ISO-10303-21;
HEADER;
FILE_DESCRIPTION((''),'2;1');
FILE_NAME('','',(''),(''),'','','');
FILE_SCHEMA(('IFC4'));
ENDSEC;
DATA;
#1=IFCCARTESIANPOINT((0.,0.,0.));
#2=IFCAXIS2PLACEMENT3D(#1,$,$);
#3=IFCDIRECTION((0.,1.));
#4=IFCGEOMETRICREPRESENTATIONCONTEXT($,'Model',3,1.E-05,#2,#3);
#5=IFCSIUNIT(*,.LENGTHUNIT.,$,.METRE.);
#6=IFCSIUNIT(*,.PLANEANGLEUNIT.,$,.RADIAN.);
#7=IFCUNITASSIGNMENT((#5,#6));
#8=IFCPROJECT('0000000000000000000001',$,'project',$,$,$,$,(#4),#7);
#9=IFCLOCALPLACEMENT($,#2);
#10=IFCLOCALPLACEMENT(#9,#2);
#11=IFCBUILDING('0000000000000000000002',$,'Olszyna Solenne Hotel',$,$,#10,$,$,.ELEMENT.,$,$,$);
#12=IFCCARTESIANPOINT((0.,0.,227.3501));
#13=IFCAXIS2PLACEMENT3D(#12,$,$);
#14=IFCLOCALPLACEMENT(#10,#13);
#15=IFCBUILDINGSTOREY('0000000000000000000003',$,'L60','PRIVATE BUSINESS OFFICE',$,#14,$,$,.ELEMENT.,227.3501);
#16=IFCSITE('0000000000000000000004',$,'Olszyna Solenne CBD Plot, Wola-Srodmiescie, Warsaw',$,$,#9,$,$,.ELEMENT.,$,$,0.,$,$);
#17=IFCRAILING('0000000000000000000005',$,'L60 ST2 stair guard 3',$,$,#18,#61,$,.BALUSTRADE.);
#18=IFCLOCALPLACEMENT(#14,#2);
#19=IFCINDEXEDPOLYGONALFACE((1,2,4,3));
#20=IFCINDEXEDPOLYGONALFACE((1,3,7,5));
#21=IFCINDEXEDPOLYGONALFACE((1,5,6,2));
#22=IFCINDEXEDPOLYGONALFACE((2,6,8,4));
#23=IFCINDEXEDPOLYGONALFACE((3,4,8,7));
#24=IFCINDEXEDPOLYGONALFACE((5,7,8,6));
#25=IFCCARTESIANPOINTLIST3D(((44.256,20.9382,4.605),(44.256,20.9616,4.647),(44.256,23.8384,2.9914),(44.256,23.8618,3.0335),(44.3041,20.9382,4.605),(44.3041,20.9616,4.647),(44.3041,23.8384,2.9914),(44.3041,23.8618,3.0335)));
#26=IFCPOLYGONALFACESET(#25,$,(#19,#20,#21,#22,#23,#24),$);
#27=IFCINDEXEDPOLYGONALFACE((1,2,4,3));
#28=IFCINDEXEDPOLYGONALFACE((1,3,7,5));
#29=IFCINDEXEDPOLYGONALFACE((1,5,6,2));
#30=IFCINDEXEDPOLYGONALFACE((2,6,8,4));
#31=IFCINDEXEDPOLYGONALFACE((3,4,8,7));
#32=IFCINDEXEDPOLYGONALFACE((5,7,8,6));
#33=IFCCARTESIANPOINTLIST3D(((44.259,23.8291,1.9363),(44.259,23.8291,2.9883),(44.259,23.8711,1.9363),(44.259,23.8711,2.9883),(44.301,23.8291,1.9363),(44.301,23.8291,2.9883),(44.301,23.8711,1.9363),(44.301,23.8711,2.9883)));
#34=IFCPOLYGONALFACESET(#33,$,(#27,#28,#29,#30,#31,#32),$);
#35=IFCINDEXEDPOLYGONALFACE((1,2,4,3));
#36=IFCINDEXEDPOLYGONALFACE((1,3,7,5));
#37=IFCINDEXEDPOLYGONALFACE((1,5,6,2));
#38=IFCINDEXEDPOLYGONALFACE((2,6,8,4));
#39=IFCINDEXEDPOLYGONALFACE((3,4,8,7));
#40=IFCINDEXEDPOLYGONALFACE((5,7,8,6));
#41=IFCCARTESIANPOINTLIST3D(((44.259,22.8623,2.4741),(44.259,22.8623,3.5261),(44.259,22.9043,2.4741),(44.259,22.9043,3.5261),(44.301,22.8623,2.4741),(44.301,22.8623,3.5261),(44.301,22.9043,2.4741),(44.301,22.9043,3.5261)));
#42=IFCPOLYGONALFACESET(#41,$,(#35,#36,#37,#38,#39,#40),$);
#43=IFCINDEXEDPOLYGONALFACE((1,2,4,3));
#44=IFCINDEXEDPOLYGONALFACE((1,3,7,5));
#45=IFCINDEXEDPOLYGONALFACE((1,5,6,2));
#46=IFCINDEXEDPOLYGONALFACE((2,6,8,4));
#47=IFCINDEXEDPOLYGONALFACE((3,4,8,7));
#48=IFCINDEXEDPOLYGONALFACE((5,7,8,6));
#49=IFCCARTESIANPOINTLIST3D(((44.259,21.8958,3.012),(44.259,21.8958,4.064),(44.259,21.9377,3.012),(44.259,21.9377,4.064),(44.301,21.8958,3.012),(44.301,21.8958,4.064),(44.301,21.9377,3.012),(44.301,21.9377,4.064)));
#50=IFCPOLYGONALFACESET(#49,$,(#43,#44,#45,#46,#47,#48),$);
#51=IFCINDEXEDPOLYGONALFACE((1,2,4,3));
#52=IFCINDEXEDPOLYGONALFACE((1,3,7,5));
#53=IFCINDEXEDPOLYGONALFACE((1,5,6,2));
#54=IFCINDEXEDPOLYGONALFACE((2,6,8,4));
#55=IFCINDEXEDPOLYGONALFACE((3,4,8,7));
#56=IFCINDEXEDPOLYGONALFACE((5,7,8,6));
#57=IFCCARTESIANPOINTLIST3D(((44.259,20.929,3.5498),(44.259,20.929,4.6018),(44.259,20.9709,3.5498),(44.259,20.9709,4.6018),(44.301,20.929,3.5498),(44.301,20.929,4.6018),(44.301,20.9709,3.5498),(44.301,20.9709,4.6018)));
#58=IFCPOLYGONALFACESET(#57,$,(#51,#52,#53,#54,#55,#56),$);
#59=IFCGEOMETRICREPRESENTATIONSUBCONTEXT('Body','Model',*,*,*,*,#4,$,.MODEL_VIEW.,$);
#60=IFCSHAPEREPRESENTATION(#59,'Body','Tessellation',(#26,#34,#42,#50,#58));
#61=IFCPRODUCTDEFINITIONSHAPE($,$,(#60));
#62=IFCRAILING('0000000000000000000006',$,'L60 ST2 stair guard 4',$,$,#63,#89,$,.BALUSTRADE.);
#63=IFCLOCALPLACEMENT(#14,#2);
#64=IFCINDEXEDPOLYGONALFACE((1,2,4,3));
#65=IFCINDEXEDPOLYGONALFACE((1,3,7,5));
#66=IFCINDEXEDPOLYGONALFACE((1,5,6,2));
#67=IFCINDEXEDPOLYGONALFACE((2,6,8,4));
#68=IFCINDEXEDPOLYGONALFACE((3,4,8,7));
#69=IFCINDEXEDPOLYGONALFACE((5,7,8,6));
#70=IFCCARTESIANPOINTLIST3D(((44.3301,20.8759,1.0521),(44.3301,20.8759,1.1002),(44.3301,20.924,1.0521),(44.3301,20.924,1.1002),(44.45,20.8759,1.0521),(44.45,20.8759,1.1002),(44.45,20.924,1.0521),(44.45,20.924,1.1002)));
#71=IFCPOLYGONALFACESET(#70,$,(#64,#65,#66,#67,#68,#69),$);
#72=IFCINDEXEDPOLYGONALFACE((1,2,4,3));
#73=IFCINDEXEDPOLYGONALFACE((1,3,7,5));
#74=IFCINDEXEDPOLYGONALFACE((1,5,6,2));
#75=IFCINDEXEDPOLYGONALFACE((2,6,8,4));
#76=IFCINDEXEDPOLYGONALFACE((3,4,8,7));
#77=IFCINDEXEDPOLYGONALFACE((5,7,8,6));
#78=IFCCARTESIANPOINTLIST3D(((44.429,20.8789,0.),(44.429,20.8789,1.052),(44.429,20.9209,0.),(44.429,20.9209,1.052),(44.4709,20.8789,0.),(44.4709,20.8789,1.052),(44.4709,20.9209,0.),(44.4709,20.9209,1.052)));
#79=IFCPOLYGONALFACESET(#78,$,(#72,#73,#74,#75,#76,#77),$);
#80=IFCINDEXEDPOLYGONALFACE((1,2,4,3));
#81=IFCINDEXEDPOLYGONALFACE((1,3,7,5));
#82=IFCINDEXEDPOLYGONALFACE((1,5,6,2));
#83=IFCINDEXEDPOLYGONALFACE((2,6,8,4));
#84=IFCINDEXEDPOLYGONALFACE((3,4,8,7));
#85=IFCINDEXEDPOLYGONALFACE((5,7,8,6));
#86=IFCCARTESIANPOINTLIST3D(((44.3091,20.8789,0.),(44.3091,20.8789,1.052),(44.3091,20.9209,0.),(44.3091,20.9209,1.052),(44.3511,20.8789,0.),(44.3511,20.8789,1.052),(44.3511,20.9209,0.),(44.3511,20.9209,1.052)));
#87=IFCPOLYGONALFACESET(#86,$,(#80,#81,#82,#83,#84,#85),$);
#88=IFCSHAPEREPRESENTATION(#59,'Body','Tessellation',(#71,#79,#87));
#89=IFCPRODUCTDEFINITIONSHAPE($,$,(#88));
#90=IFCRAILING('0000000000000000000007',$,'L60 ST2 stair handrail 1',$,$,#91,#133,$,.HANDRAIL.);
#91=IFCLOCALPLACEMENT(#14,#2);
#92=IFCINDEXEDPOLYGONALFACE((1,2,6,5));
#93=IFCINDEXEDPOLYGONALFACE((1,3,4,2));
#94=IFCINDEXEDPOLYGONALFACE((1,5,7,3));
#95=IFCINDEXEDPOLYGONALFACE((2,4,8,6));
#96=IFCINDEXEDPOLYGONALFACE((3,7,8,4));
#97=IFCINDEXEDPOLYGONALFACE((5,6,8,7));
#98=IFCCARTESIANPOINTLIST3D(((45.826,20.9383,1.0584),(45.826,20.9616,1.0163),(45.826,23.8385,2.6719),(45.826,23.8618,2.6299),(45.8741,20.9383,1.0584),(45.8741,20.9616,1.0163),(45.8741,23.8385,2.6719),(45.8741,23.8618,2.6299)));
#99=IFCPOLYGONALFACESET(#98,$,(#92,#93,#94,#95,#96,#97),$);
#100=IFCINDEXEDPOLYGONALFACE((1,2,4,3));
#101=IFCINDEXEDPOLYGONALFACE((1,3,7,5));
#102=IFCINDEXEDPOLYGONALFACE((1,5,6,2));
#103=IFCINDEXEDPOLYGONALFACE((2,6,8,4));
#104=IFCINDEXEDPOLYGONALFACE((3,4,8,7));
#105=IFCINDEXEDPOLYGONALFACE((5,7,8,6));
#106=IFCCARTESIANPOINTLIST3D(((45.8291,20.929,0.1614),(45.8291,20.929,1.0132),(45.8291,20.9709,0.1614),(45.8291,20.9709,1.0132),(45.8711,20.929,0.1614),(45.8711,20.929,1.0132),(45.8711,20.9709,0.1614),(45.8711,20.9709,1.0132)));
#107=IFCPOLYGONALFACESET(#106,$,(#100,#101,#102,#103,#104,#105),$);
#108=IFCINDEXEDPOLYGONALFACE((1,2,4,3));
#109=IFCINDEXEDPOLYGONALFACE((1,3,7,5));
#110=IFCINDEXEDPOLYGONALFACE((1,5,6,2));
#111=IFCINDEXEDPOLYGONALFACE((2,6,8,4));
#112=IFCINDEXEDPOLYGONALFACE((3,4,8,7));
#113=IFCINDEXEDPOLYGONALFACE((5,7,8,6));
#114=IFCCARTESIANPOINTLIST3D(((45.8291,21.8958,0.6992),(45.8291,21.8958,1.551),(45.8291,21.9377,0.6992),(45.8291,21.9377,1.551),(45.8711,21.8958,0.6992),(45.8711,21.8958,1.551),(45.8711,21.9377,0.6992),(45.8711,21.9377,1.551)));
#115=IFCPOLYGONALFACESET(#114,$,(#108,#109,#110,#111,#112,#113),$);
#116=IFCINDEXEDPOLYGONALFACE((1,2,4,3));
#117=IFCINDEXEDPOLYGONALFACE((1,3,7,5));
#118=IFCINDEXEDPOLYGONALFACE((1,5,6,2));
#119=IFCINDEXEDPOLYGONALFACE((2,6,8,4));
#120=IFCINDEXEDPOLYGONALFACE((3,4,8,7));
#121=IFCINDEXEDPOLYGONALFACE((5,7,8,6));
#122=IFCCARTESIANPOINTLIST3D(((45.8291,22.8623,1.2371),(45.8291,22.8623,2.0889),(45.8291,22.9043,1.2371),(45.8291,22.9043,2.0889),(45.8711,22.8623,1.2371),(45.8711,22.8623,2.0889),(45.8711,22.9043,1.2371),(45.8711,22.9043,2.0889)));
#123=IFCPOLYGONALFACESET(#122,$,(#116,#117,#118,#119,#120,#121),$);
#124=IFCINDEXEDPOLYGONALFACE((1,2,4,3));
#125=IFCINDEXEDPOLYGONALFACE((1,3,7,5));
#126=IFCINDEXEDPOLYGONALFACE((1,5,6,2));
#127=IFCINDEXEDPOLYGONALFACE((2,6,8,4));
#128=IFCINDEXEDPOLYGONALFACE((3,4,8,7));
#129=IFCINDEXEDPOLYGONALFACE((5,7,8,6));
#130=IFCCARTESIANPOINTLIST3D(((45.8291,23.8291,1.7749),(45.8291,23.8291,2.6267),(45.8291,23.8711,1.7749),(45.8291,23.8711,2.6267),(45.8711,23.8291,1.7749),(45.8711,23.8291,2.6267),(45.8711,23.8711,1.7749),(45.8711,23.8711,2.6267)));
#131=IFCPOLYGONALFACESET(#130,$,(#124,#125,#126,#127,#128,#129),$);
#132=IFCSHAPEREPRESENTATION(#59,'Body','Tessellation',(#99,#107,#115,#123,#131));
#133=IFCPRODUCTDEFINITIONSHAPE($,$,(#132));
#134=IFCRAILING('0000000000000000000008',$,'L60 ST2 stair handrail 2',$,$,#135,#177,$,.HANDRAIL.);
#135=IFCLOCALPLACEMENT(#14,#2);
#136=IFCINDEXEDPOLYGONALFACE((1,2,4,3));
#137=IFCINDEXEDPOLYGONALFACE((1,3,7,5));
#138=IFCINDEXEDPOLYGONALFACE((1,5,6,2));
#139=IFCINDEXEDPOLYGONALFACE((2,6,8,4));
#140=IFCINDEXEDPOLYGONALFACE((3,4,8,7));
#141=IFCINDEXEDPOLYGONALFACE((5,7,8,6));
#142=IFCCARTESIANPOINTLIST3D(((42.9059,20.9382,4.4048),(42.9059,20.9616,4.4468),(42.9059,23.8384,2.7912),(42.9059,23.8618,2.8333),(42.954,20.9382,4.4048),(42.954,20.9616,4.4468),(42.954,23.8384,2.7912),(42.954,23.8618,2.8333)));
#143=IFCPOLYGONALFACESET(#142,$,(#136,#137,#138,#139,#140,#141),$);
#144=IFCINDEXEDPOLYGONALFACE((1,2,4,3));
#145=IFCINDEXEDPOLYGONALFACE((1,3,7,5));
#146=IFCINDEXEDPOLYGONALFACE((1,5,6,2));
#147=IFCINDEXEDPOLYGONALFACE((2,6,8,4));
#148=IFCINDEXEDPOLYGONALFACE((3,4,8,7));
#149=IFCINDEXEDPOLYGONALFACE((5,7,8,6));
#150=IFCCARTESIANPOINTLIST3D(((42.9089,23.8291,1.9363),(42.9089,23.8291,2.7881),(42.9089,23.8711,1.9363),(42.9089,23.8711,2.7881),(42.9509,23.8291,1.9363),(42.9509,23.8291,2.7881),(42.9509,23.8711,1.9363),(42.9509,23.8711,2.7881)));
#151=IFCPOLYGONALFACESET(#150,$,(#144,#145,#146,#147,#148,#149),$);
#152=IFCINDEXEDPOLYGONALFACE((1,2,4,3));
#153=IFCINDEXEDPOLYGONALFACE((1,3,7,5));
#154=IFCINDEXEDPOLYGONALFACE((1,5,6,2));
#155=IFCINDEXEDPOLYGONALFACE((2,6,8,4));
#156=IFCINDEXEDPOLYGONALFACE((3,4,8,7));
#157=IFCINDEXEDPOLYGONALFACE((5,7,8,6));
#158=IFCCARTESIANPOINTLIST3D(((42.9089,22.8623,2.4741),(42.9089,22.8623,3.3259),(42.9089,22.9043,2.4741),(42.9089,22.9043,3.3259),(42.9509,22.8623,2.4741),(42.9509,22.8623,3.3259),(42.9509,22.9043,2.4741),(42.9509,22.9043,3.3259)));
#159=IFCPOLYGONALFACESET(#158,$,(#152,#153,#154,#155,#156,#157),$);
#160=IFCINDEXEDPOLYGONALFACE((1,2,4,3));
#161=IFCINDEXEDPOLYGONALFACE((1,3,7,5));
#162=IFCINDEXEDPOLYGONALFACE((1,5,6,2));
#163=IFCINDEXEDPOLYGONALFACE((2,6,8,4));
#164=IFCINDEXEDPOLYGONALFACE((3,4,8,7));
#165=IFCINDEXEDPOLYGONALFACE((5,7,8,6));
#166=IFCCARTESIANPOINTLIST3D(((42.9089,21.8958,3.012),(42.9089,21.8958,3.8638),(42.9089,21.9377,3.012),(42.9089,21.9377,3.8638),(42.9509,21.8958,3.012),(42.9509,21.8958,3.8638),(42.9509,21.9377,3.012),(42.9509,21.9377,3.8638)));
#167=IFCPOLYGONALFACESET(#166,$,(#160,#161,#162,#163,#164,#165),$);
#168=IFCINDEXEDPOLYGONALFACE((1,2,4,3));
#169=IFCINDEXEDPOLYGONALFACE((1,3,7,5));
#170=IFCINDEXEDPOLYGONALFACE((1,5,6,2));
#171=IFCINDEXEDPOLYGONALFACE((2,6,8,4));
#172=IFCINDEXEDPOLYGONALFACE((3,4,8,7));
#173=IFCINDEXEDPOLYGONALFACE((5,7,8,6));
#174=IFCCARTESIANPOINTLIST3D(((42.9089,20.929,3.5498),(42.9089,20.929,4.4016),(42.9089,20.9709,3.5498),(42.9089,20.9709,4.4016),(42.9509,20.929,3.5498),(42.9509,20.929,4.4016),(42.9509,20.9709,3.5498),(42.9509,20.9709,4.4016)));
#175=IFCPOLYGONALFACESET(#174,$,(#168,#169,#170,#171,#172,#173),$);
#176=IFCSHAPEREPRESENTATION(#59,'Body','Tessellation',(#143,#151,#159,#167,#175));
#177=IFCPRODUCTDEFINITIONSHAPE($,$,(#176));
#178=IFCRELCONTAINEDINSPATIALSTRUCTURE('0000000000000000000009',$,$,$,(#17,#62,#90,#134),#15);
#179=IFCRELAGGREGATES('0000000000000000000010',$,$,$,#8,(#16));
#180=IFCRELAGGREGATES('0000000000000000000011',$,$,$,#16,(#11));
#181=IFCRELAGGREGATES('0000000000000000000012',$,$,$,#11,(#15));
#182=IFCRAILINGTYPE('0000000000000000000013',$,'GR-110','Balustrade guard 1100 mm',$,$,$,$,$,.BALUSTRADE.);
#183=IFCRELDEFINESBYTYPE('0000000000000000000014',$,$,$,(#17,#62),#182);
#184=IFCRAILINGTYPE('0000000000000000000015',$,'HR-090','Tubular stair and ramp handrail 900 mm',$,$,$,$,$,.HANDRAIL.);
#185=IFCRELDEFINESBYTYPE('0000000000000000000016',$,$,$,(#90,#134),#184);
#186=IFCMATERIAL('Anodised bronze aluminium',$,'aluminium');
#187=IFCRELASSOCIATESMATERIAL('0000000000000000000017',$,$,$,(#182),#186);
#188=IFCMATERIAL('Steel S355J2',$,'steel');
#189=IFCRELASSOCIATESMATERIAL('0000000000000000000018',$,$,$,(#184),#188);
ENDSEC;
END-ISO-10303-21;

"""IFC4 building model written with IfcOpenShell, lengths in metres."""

from ifc_helpers import new_model, si_unit, direction, frame, origin, origin_2d, place, context, subcontext, project, spatial, rectangle, extrude, material, type_object, element, save


model = new_model("IFC4")

# Units and contexts
model_context = context("Model", 3, precision=1e-05, world=origin(), true_north=direction((0.0, 1.0)))
body_context = subcontext(model_context, "Body", "Model", "MODEL_VIEW")
ifc_project = project(units=[si_unit("LENGTHUNIT", "METRE"), si_unit("PLANEANGLEUNIT", "RADIAN")], contexts=[model_context])

# Site, building, storey
site_placement = place(None, origin())
site = spatial("IfcSite", under=ifc_project, at=site_placement, Name="Olszyna Solenne CBD Plot, Wola-Srodmiescie, Warsaw", CompositionType="ELEMENT", RefElevation=0.0)
building_placement = place(site_placement, origin())
building = spatial("IfcBuilding", under=site, at=building_placement, Name="Olszyna Solenne Hotel", CompositionType="ELEMENT")
storey_placement = place(building_placement, frame((0.0, 0.0, 227.3501)))
storey = spatial("IfcBuildingStorey", under=building, at=storey_placement, Name="L60", Description="PRIVATE BUSINESS OFFICE", CompositionType="ELEMENT", Elevation=227.3501)

# Shared definitions
ifc_material_1 = material(Name="Steel S355J2", Category="steel")

# Shared definitions
ifc_material_2 = material(Name="Anodised bronze aluminium", Category="aluminium")

# Railings
railing_type_1 = type_object("IfcRailingType", Name="GR-110", Description="Balustrade guard 1100 mm", PredefinedType="BALUSTRADE", material=ifc_material_2)
railing_1_placement = place(storey_placement, frame((44.28, 23.8501, 1.9363)))
element("IfcRailing", 1, at=railing_1_placement, inside=storey, type_object=railing_type_1, Name="L60 ST2 stair guard 3", PredefinedType="BALUSTRADE", context=body_context, shape_type="SweptSolid", body=[
    extrude(rectangle(XDim=0.0481, YDim=0.0481, at=origin_2d()), frame((0.0, 0.0, 1.0762), z_axis=(0.0, -0.873859, 0.48618), x_axis=(1.0, 0.0, 0.0)), (0.0, 0.0, 1.0), 3.3188),
    extrude(rectangle(XDim=0.042, YDim=0.042, at=origin_2d()), origin(), (0.0, 0.0, 1.0), 1.052),
    extrude(rectangle(XDim=0.042, YDim=0.042, at=origin_2d()), frame((0.0, -0.9668, 0.5378)), (0.0, 0.0, 1.0), 1.052),
    extrude(rectangle(XDim=0.042, YDim=0.042, at=origin_2d()), frame((0.0, -1.9333, 1.0757)), (0.0, 0.0, 1.0), 1.052),
    extrude(rectangle(XDim=0.042, YDim=0.042, at=origin_2d()), frame((0.0, -2.9001, 1.6135)), (0.0, 0.0, 1.0), 1.052),
])
railing_2_placement = place(storey_placement, frame((44.45, 20.8999, 0.0)))
element("IfcRailing", 2, at=railing_2_placement, inside=storey, type_object=railing_type_1, Name="L60 ST2 stair guard 4", PredefinedType="BALUSTRADE", context=body_context, shape_type="SweptSolid", body=[
    extrude(rectangle(XDim=0.0481, YDim=0.0481, at=origin_2d()), frame((0.0, 0.0, 1.0762), z_axis=(-1.0, 0.0, 0.0), x_axis=(0.0, -1.0, 0.0)), (0.0, 0.0, 1.0), 0.1199),
    extrude(rectangle(XDim=0.042, YDim=0.042, at=origin_2d()), origin(), (0.0, 0.0, 1.0), 1.052),
    extrude(rectangle(XDim=0.042, YDim=0.042, at=origin_2d()), frame((-0.1199, 0.0, 0.0)), (0.0, 0.0, 1.0), 1.052),
])
railing_type_2 = type_object("IfcRailingType", Name="HR-090", Description="Tubular stair and ramp handrail 900 mm", PredefinedType="HANDRAIL", material=ifc_material_1)
railing_3_placement = place(storey_placement, frame((45.8501, 20.95, 0.1614)))
element("IfcRailing", 3, at=railing_3_placement, inside=storey, type_object=railing_type_2, Name="L60 ST2 stair handrail 1", PredefinedType="HANDRAIL", context=body_context, shape_type="SweptSolid", body=[
    extrude(rectangle(XDim=0.0481, YDim=0.0481, at=origin_2d()), frame((0.0, 0.0, 0.876), z_axis=(0.0, 0.873859, 0.48618), x_axis=(-1.0, 0.0, 0.0)), (0.0, 0.0, 1.0), 3.3188),
    extrude(rectangle(XDim=0.042, YDim=0.042, at=origin_2d()), origin(), (0.0, 0.0, 1.0), 0.8518),
    extrude(rectangle(XDim=0.042, YDim=0.042, at=origin_2d()), frame((0.0, 0.9668, 0.5378)), (0.0, 0.0, 1.0), 0.8518),
    extrude(rectangle(XDim=0.042, YDim=0.042, at=origin_2d()), frame((0.0, 1.9333, 1.0757)), (0.0, 0.0, 1.0), 0.8518),
    extrude(rectangle(XDim=0.042, YDim=0.042, at=origin_2d()), frame((0.0, 2.9001, 1.6135)), (0.0, 0.0, 1.0), 0.8518),
])
railing_4_placement = place(storey_placement, frame((42.9299, 23.8501, 1.9363)))
element("IfcRailing", 4, at=railing_4_placement, inside=storey, type_object=railing_type_2, Name="L60 ST2 stair handrail 2", PredefinedType="HANDRAIL", context=body_context, shape_type="SweptSolid", body=[
    extrude(rectangle(XDim=0.0481, YDim=0.0481, at=origin_2d()), frame((0.0, 0.0, 0.876), z_axis=(0.0, -0.873859, 0.48618), x_axis=(1.0, 0.0, 0.0)), (0.0, 0.0, 1.0), 3.3188),
    extrude(rectangle(XDim=0.042, YDim=0.042, at=origin_2d()), origin(), (0.0, 0.0, 1.0), 0.8518),
    extrude(rectangle(XDim=0.042, YDim=0.042, at=origin_2d()), frame((0.0, -0.9668, 0.5378)), (0.0, 0.0, 1.0), 0.8518),
    extrude(rectangle(XDim=0.042, YDim=0.042, at=origin_2d()), frame((0.0, -1.9333, 1.0757)), (0.0, 0.0, 1.0), 0.8518),
    extrude(rectangle(XDim=0.042, YDim=0.042, at=origin_2d()), frame((0.0, -2.9001, 1.6135)), (0.0, 0.0, 1.0), 0.8518),
])

save(model, "model.ifc")
